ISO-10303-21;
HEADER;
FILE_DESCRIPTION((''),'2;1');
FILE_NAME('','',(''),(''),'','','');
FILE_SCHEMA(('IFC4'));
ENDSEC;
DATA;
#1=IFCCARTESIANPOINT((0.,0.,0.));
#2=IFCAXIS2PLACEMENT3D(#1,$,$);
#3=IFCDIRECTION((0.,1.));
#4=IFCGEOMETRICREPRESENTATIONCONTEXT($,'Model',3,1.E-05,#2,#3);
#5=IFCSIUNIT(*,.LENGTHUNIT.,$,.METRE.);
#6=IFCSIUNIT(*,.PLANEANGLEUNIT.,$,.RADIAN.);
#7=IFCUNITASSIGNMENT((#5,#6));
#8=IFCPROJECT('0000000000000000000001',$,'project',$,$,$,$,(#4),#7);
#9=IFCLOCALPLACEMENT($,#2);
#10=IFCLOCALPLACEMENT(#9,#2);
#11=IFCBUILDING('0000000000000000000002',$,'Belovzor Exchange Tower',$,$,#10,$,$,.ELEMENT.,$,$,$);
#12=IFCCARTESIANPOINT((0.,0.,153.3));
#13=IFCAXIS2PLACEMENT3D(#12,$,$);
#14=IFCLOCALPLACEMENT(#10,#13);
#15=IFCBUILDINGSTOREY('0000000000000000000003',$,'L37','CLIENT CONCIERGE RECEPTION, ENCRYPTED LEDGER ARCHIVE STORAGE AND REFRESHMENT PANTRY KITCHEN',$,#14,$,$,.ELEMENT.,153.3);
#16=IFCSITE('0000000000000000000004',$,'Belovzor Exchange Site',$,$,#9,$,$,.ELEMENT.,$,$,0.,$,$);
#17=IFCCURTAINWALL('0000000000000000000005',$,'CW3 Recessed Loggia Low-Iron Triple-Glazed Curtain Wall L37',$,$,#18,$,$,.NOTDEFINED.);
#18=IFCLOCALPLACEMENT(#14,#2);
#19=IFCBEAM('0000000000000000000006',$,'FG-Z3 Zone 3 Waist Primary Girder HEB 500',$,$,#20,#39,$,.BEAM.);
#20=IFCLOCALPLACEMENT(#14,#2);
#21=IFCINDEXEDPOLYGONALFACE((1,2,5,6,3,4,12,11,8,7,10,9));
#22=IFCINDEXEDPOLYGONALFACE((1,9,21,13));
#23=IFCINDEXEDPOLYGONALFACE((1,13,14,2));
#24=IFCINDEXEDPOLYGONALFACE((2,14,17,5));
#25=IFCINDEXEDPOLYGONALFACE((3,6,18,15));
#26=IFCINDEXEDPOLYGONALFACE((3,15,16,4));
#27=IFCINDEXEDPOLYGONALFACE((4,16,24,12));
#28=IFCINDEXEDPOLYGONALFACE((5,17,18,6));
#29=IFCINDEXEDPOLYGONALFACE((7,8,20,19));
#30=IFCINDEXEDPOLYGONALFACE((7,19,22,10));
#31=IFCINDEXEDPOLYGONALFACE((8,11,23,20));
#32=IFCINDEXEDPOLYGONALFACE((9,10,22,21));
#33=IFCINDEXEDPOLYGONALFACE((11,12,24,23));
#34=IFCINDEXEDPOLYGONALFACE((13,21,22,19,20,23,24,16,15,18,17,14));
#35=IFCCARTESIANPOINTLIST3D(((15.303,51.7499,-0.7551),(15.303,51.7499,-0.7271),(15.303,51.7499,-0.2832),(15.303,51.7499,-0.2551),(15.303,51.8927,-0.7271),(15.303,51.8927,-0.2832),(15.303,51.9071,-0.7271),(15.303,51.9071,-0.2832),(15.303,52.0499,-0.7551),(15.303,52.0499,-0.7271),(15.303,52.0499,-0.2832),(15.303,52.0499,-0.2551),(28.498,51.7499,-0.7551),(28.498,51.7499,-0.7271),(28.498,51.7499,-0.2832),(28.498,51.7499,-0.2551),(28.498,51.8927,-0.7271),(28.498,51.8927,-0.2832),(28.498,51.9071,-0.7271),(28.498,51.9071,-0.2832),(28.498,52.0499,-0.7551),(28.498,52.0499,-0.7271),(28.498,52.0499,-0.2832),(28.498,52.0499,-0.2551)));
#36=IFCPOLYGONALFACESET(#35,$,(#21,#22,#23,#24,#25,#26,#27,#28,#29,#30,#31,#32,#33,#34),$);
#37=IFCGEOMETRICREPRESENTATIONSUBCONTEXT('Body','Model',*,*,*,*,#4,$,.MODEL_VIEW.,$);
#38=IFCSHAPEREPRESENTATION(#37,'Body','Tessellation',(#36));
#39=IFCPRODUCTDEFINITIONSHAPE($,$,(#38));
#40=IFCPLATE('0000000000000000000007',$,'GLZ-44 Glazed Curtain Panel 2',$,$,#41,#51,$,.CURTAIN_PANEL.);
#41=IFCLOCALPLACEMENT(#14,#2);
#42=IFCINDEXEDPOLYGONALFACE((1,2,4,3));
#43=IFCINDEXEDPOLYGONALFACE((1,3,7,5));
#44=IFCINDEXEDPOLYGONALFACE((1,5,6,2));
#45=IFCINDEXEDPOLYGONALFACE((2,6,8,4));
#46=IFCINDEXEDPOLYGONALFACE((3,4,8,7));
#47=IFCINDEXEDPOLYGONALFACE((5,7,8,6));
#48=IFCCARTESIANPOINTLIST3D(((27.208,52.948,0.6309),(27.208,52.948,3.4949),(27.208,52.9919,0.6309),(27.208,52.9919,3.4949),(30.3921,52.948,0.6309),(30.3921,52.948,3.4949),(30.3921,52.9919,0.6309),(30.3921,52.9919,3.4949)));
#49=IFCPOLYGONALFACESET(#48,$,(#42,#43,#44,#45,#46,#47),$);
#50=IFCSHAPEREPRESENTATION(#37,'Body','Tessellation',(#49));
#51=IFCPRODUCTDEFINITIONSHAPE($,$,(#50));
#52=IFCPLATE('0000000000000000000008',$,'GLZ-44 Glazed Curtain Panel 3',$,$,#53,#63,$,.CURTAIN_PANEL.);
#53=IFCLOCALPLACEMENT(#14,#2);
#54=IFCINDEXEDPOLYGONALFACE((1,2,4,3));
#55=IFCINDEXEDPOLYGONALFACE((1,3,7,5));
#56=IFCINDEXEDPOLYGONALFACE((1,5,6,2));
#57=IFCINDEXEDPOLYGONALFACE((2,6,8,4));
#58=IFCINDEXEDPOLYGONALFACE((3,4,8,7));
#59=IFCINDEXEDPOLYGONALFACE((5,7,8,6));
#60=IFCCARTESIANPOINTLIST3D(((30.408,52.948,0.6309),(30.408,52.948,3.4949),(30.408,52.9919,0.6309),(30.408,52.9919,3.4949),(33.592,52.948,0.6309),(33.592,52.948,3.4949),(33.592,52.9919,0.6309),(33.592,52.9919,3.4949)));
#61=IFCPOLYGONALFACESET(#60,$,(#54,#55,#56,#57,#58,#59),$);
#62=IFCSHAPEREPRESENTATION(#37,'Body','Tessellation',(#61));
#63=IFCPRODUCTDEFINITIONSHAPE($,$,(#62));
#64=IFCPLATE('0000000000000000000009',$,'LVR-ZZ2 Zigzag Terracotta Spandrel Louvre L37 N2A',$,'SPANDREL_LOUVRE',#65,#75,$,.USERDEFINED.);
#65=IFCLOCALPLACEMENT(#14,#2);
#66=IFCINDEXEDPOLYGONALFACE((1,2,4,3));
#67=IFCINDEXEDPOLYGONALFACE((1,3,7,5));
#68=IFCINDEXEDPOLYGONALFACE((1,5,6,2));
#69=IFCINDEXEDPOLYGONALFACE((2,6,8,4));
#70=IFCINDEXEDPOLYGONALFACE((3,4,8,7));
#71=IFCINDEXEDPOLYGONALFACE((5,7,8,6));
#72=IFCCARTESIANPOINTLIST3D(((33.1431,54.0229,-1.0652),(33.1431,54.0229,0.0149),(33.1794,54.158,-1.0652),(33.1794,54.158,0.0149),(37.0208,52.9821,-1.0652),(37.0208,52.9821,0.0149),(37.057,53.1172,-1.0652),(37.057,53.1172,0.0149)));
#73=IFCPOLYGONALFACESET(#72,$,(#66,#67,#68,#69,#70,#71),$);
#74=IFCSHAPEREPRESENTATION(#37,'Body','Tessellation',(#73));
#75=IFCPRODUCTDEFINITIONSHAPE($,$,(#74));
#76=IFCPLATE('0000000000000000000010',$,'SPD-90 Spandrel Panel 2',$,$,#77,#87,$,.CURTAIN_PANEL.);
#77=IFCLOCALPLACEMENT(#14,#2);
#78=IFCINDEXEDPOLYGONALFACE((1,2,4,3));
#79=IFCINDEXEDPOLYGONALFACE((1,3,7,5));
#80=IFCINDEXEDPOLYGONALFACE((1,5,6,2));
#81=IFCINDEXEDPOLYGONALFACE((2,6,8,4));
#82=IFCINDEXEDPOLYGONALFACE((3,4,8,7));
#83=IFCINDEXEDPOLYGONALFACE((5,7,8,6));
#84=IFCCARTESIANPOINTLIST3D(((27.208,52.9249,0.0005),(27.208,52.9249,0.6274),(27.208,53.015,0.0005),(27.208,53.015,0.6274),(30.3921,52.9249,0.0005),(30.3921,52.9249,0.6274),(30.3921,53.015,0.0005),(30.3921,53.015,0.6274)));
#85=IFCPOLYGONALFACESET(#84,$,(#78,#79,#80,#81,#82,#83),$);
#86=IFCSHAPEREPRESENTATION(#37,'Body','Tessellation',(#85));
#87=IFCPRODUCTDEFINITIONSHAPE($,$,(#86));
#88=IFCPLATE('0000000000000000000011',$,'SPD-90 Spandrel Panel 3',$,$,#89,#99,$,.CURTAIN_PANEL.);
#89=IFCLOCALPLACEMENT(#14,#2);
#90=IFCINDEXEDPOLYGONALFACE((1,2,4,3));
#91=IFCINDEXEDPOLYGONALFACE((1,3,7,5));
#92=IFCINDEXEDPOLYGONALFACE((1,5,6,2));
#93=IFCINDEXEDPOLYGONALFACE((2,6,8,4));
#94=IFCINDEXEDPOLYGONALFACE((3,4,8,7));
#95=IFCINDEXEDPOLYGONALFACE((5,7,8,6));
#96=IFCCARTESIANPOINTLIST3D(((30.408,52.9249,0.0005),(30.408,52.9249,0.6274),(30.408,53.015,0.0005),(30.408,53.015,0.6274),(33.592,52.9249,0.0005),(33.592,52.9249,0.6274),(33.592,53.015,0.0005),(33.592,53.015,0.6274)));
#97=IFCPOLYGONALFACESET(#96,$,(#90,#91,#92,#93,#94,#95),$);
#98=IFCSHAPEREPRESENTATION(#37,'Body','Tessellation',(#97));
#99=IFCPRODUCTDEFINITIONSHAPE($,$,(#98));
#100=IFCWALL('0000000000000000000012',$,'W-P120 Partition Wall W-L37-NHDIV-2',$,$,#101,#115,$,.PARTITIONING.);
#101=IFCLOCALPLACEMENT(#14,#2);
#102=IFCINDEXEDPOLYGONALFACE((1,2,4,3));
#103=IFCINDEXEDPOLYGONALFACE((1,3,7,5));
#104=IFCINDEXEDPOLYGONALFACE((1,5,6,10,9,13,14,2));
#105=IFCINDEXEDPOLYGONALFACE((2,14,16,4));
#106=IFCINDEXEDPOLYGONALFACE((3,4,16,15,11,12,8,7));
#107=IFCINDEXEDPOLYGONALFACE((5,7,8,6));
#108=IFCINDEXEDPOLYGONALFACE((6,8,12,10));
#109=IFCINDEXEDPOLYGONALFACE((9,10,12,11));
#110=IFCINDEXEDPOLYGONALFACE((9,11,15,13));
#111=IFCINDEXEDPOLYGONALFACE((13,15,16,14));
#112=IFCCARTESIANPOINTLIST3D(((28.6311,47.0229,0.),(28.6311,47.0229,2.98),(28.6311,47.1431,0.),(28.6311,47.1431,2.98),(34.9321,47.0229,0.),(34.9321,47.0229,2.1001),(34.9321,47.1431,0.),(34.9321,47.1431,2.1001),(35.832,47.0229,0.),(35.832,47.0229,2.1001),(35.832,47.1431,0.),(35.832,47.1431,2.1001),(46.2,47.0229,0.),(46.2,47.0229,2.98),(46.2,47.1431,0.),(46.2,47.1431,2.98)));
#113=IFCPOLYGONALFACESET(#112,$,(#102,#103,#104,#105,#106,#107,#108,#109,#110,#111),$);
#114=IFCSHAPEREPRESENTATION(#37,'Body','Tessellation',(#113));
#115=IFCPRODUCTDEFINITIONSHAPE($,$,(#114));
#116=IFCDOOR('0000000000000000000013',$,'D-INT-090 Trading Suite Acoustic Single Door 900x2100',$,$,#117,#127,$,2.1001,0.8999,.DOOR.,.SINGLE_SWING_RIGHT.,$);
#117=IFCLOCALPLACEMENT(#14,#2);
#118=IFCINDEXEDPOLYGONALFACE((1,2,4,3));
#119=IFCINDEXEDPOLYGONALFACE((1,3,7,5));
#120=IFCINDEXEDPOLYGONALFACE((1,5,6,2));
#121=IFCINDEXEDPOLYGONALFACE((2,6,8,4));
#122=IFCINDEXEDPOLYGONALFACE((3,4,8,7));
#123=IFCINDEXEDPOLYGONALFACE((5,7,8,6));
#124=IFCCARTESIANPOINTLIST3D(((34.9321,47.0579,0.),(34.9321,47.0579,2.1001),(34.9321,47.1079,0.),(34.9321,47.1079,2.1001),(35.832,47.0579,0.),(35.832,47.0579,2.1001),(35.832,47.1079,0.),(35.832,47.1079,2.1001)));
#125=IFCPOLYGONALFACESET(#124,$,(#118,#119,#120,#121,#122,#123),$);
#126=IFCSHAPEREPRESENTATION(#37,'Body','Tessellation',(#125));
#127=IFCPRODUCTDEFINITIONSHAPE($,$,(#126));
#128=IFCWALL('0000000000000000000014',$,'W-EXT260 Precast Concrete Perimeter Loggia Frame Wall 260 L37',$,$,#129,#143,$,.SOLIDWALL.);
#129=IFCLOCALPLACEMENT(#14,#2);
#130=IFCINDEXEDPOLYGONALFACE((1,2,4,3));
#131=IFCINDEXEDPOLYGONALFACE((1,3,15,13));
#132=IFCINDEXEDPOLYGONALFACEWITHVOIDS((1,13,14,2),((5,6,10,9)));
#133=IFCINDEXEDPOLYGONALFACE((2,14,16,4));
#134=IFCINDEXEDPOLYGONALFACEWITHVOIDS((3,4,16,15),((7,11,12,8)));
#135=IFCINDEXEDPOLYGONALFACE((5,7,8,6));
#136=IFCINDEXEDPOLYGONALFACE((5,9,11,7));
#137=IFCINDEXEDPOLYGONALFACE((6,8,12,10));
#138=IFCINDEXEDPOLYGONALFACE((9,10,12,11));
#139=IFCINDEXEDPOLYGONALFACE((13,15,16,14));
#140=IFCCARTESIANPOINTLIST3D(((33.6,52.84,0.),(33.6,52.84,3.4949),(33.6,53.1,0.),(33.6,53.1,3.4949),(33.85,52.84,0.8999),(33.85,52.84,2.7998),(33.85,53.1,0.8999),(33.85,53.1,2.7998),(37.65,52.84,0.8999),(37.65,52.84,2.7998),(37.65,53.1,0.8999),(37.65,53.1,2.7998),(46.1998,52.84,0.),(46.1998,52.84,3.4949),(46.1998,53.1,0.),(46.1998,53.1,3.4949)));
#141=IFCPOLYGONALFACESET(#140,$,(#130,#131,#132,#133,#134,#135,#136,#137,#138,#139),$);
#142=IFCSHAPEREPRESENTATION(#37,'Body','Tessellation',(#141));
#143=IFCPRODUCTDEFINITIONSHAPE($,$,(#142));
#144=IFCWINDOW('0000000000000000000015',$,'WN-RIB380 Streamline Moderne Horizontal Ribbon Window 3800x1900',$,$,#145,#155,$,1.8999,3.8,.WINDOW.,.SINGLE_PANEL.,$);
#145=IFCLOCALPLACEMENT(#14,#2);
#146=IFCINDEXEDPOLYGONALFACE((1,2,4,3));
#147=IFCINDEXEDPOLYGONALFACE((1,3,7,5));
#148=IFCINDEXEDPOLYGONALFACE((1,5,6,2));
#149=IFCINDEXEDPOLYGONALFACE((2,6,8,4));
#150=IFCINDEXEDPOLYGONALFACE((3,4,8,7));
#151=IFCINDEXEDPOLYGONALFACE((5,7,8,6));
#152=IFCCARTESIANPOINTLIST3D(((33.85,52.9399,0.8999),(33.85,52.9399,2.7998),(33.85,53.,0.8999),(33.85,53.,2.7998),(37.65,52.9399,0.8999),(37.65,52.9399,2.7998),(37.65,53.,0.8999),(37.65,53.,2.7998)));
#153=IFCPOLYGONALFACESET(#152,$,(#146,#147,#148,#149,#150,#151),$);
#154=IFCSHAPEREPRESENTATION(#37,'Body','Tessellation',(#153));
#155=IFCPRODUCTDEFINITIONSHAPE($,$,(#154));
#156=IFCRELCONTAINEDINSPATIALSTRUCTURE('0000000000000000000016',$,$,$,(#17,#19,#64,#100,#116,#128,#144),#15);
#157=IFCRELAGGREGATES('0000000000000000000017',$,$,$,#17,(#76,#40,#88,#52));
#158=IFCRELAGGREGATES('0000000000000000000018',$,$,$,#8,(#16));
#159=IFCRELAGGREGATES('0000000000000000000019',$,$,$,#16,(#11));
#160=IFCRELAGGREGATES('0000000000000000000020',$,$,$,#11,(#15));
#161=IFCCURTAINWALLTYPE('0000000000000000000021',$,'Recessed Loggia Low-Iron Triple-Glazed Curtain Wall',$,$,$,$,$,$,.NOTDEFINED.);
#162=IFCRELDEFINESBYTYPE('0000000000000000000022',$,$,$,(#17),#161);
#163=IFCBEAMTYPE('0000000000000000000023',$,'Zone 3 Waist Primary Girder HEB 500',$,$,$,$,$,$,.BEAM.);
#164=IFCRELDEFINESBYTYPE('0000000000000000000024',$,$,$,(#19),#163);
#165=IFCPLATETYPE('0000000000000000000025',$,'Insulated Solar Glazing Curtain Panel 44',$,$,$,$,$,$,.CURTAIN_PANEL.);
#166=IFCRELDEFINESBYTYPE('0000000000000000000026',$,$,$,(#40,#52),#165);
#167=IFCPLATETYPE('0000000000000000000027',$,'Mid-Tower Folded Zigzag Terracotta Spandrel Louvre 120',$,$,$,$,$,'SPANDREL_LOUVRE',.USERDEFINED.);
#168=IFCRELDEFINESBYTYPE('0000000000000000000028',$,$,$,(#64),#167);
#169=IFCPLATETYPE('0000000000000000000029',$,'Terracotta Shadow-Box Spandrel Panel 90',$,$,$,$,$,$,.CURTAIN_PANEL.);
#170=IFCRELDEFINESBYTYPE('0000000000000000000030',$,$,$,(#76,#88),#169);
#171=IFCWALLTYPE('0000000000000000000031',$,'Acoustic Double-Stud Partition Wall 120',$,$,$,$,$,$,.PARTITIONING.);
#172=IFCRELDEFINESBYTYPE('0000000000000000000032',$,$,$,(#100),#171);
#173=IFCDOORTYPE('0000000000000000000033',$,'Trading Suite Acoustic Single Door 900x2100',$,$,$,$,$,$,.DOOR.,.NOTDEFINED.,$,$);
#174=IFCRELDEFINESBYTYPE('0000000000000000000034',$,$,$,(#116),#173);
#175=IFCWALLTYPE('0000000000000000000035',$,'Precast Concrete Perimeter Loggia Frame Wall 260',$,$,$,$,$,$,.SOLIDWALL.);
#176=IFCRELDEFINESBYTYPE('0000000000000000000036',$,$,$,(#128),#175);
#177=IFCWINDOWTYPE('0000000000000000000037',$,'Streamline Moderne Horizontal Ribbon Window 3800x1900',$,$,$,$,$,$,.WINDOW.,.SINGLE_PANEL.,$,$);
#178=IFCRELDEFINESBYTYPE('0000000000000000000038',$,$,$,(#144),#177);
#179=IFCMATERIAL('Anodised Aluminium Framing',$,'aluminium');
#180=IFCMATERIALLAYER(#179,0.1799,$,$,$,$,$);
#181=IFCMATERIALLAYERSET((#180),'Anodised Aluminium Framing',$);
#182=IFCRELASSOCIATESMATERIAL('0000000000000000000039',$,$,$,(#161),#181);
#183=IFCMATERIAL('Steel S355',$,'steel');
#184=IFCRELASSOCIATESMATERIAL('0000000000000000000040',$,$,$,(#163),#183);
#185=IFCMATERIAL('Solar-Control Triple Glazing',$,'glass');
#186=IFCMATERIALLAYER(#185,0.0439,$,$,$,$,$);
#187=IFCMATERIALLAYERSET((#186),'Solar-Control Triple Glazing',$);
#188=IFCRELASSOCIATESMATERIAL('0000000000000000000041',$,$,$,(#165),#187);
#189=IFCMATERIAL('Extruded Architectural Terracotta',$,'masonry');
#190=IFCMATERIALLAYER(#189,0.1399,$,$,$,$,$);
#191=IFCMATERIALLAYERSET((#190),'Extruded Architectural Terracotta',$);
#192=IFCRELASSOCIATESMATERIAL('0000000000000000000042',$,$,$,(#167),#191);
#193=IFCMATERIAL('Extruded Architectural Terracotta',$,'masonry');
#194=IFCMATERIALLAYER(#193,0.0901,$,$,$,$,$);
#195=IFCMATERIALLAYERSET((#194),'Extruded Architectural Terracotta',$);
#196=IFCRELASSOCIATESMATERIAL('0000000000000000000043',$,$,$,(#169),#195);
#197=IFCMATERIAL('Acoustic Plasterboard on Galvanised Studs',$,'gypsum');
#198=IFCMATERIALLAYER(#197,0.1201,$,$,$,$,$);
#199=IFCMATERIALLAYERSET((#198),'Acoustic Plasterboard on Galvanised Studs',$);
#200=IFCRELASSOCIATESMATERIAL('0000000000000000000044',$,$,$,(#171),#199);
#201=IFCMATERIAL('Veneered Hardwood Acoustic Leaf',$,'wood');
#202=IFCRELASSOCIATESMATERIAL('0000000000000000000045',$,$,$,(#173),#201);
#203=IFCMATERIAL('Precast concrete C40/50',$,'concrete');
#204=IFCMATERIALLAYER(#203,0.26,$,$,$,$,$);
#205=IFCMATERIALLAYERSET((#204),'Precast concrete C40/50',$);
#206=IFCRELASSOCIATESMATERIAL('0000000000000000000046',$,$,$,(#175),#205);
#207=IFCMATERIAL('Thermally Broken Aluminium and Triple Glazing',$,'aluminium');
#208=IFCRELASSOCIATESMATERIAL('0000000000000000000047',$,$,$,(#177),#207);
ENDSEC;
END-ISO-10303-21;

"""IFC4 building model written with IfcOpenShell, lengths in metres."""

from ifc_helpers import new_model, si_unit, direction, frame, frame_2d, origin, origin_2d, place, context, subcontext, project, spatial, rectangle, i_section, extrude, material, layer, layer_set, material_profile, profile_set, type_object, element, fill, aggregate, save


model = new_model("IFC4")

# Units and contexts
model_context = context("Model", 3, precision=1e-05, world=origin(), true_north=direction((0.0, 1.0)))
body_context = subcontext(model_context, "Body", "Model", "MODEL_VIEW")
ifc_project = project(units=[si_unit("LENGTHUNIT", "METRE"), si_unit("PLANEANGLEUNIT", "RADIAN")], contexts=[model_context])

# Site, building, storey
site_placement = place(None, origin())
site = spatial("IfcSite", under=ifc_project, at=site_placement, Name="Belovzor Exchange Site", CompositionType="ELEMENT", RefElevation=0.0)
building_placement = place(site_placement, origin())
building = spatial("IfcBuilding", under=site, at=building_placement, Name="Belovzor Exchange Tower", CompositionType="ELEMENT")
storey_placement = place(building_placement, frame((0.0, 0.0, 153.3)))
storey = spatial("IfcBuildingStorey", under=building, at=storey_placement, Name="L37", Description="CLIENT CONCIERGE RECEPTION, ENCRYPTED LEDGER ARCHIVE STORAGE AND REFRESHMENT PANTRY KITCHEN", CompositionType="ELEMENT", Elevation=153.3)

# Curtain wall
ifc_material_1 = material(Name="Anodised Aluminium Framing", Category="aluminium")
ifc_layer_1 = layer(ifc_material_1, 0.1799)
ifc_layer_set_1 = layer_set([ifc_layer_1], Name="Anodised Aluminium Framing")
curtain_wall_type = type_object("IfcCurtainWallType", Name="Recessed Loggia Low-Iron Triple-Glazed Curtain Wall", PredefinedType="NOTDEFINED", material=ifc_layer_set_1)
curtain_wall_placement = place(storey_placement, origin())
curtain_wall = element("IfcCurtainWall", 1, at=curtain_wall_placement, inside=storey, type_object=curtain_wall_type, Name="CW3 Recessed Loggia Low-Iron Triple-Glazed Curtain Wall L37", PredefinedType="NOTDEFINED")

# Beam
ifc_material_2 = material(Name="Steel S355", Category="steel")
ifc_material_profile_1 = material_profile(ifc_material_2, i_section(OverallWidth=0.3, OverallDepth=0.5, WebThickness=0.0144, FlangeThickness=0.0281, at=origin_2d()))
ifc_profile_set_1 = profile_set([ifc_material_profile_1], Name="Steel S355")
beam_type_1 = type_object("IfcBeamType", Name="Zone 3 Waist Primary Girder HEB 500", PredefinedType="BEAM", material=ifc_profile_set_1)
beam_1_placement = place(storey_placement, frame((28.498, 51.8999, -0.5051), z_axis=(-1.0, 0.0, 0.0), x_axis=(0.0, -1.0, 0.0)))
element("IfcBeam", 2, at=beam_1_placement, inside=storey, type_object=beam_type_1, Name="FG-Z3 Zone 3 Waist Primary Girder HEB 500", PredefinedType="BEAM", context=body_context, shape_type="SweptSolid", body=[
    extrude(i_section(OverallWidth=0.3, OverallDepth=0.5, WebThickness=0.0144, FlangeThickness=0.0281, at=origin_2d()), origin(), (0.0, 0.0, 1.0), 13.1951),
])

# Plates
ifc_material_3 = material(Name="Solar-Control Triple Glazing", Category="glass")
ifc_layer_2 = layer(ifc_material_3, 0.0439)
ifc_layer_set_2 = layer_set([ifc_layer_2], Name="Solar-Control Triple Glazing")
plate_type_1 = type_object("IfcPlateType", Name="Insulated Solar Glazing Curtain Panel 44", PredefinedType="CURTAIN_PANEL", material=ifc_layer_set_2)
plate_1_placement = place(storey_placement, frame((28.8, 52.97, 0.6309), z_axis=(0.0, 0.0, 1.0), x_axis=(1.0, 0.0, 0.0)))
plate_1 = element("IfcPlate", 3, at=plate_1_placement, type_object=plate_type_1, Name="GLZ-44 Glazed Curtain Panel 2", PredefinedType="CURTAIN_PANEL", context=body_context, shape_type="SweptSolid", body=[
    extrude(rectangle(XDim=3.1841, YDim=0.0439, at=origin_2d()), origin(), (0.0, 0.0, 1.0), 2.864),
])
plate_2_placement = place(storey_placement, frame((32.0, 52.97, 0.6309), z_axis=(0.0, 0.0, 1.0), x_axis=(1.0, 0.0, 0.0)))
plate_2 = element("IfcPlate", 4, at=plate_2_placement, type_object=plate_type_1, Name="GLZ-44 Glazed Curtain Panel 3", PredefinedType="CURTAIN_PANEL", context=body_context, shape_type="SweptSolid", body=[
    extrude(rectangle(XDim=3.1841, YDim=0.0439, at=origin_2d()), origin(), (0.0, 0.0, 1.0), 2.864),
])
ifc_material_4 = material(Name="Extruded Architectural Terracotta", Category="masonry")
ifc_layer_3 = layer(ifc_material_4, 0.1399)
ifc_layer_set_3 = layer_set([ifc_layer_3], Name="Extruded Architectural Terracotta")
plate_type_2 = type_object("IfcPlateType", Name="Mid-Tower Folded Zigzag Terracotta Spandrel Louvre 120", ElementType="SPANDREL_LOUVRE", PredefinedType="USERDEFINED", material=ifc_layer_set_3)
plate_3_placement = place(storey_placement, frame((35.1001, 53.5701, -1.0652), z_axis=(0.0, 0.0, 1.0), x_axis=(0.965813, -0.25924, 0.0)))
element("IfcPlate", 5, at=plate_3_placement, inside=storey, type_object=plate_type_2, Name="LVR-ZZ2 Zigzag Terracotta Spandrel Louvre L37 N2A", ObjectType="SPANDREL_LOUVRE", PredefinedType="USERDEFINED", context=body_context, shape_type="SweptSolid", body=[
    extrude(rectangle(XDim=4.0149, YDim=0.1399, at=origin_2d()), origin(), (0.0, 0.0, 1.0), 1.0801),
])
ifc_material_5 = material(Name="Extruded Architectural Terracotta", Category="masonry")
ifc_layer_4 = layer(ifc_material_5, 0.0901)
ifc_layer_set_4 = layer_set([ifc_layer_4], Name="Extruded Architectural Terracotta")
plate_type_3 = type_object("IfcPlateType", Name="Terracotta Shadow-Box Spandrel Panel 90", PredefinedType="CURTAIN_PANEL", material=ifc_layer_set_4)
plate_4_placement = place(storey_placement, frame((28.8, 52.97, 0.0005), z_axis=(0.0, 0.0, 1.0), x_axis=(1.0, 0.0, 0.0)))
plate_4 = element("IfcPlate", 6, at=plate_4_placement, type_object=plate_type_3, Name="SPD-90 Spandrel Panel 2", PredefinedType="CURTAIN_PANEL", context=body_context, shape_type="SweptSolid", body=[
    extrude(rectangle(XDim=3.1841, YDim=0.0901, at=origin_2d()), origin(), (0.0, 0.0, 1.0), 0.627),
])
plate_5_placement = place(storey_placement, frame((32.0, 52.97, 0.0005), z_axis=(0.0, 0.0, 1.0), x_axis=(1.0, 0.0, 0.0)))
plate_5 = element("IfcPlate", 7, at=plate_5_placement, type_object=plate_type_3, Name="SPD-90 Spandrel Panel 3", PredefinedType="CURTAIN_PANEL", context=body_context, shape_type="SweptSolid", body=[
    extrude(rectangle(XDim=3.1841, YDim=0.0901, at=origin_2d()), origin(), (0.0, 0.0, 1.0), 0.627),
])
aggregate(curtain_wall, [plate_4, plate_1, plate_5, plate_2])

# Wall, opening, door
ifc_material_6 = material(Name="Acoustic Plasterboard on Galvanised Studs", Category="gypsum")
ifc_layer_5 = layer(ifc_material_6, 0.1201)
ifc_layer_set_5 = layer_set([ifc_layer_5], Name="Acoustic Plasterboard on Galvanised Studs")
wall_type_1 = type_object("IfcWallType", Name="Acoustic Double-Stud Partition Wall 120", PredefinedType="PARTITIONING", material=ifc_layer_set_5)
wall_1_placement = place(storey_placement, frame((28.6311, 47.083, 0.0), z_axis=(0.0, 0.0, 1.0), x_axis=(1.0, 0.0, 0.0)))
wall_1 = element("IfcWall", 8, at=wall_1_placement, inside=storey, type_object=wall_type_1, Name="W-P120 Partition Wall W-L37-NHDIV-2", PredefinedType="PARTITIONING", context=body_context, shape_type="SweptSolid", body=[
    extrude(rectangle(XDim=17.5688, YDim=0.1201, at=frame_2d((8.7844, 0.0))), origin(), (0.0, 0.0, 1.0), 2.98),
])
opening_1_placement = place(wall_1_placement, frame((6.301, 0.0, 0.0)))
opening_1 = element("IfcOpeningElement", 9, at=opening_1_placement, cuts=wall_1, PredefinedType="OPENING", context=body_context, shape_type="SweptSolid", body=[
    extrude(rectangle(XDim=0.8999, YDim=2.1001, at=frame_2d((0.45, 1.05))), frame((0.0, 0.0701, 0.0), z_axis=(0.0, -1.0, 0.0), x_axis=(1.0, 0.0, 0.0)), (0.0, 0.0, 1.0), 0.1401),
])
ifc_material_7 = material(Name="Veneered Hardwood Acoustic Leaf", Category="wood")
door_type = type_object("IfcDoorType", Name="Trading Suite Acoustic Single Door 900x2100", OperationType="NOTDEFINED", PredefinedType="DOOR", material=ifc_material_7)
door_placement = place(opening_1_placement, origin())
door = element("IfcDoor", 10, at=door_placement, inside=storey, type_object=door_type, Name="D-INT-090 Trading Suite Acoustic Single Door 900x2100", OperationType="SINGLE_SWING_RIGHT", OverallHeight=2.1001, OverallWidth=0.8999, PredefinedType="DOOR", context=body_context, shape_type="SweptSolid", body=[
    extrude(rectangle(XDim=0.8999, YDim=2.1001, at=frame_2d((0.45, 1.05))), frame((0.0, 0.0249, 0.0), z_axis=(0.0, -1.0, 0.0), x_axis=(1.0, 0.0, 0.0)), (0.0, 0.0, 1.0), 0.05),
])
fill(opening_1, door)

# Wall, opening, window
ifc_material_8 = material(Name="Precast concrete C40/50", Category="concrete")
ifc_layer_6 = layer(ifc_material_8, 0.26)
ifc_layer_set_6 = layer_set([ifc_layer_6], Name="Precast concrete C40/50")
wall_type_2 = type_object("IfcWallType", Name="Precast Concrete Perimeter Loggia Frame Wall 260", PredefinedType="SOLIDWALL", material=ifc_layer_set_6)
wall_2_placement = place(storey_placement, frame((33.6001, 52.97, 0.0), z_axis=(0.0, 0.0, 1.0), x_axis=(1.0, 0.0, 0.0)))
wall_2 = element("IfcWall", 11, at=wall_2_placement, inside=storey, type_object=wall_type_2, Name="W-EXT260 Precast Concrete Perimeter Loggia Frame Wall 260 L37", PredefinedType="SOLIDWALL", context=body_context, shape_type="SweptSolid", body=[
    extrude(rectangle(XDim=12.5999, YDim=0.26, at=frame_2d((6.2998, 0.0))), origin(), (0.0, 0.0, 1.0), 3.4949),
])
opening_2_placement = place(wall_2_placement, frame((0.25, 0.0, 0.8999)))
opening_2 = element("IfcOpeningElement", 12, at=opening_2_placement, cuts=wall_2, PredefinedType="OPENING", context=body_context, shape_type="SweptSolid", body=[
    extrude(rectangle(XDim=3.8, YDim=1.8999, at=frame_2d((1.8999, 0.95))), frame((0.0, 0.1399, 0.0), z_axis=(0.0, -1.0, 0.0), x_axis=(1.0, 0.0, 0.0)), (0.0, 0.0, 1.0), 0.28),
])
ifc_material_9 = material(Name="Thermally Broken Aluminium and Triple Glazing", Category="aluminium")
window_type = type_object("IfcWindowType", Name="Streamline Moderne Horizontal Ribbon Window 3800x1900", PartitioningType="SINGLE_PANEL", PredefinedType="WINDOW", material=ifc_material_9)
window_placement = place(opening_2_placement, origin())
window = element("IfcWindow", 13, at=window_placement, inside=storey, type_object=window_type, Name="WN-RIB380 Streamline Moderne Horizontal Ribbon Window 3800x1900", OverallHeight=1.8999, OverallWidth=3.8, PartitioningType="SINGLE_PANEL", PredefinedType="WINDOW", context=body_context, shape_type="SweptSolid", body=[
    extrude(rectangle(XDim=3.8, YDim=1.8999, at=frame_2d((1.8999, 0.95))), frame((0.0, 0.03, 0.0), z_axis=(0.0, -1.0, 0.0), x_axis=(1.0, 0.0, 0.0)), (0.0, 0.0, 1.0), 0.0601),
])
fill(opening_2, window)

save(model, "model.ifc")
